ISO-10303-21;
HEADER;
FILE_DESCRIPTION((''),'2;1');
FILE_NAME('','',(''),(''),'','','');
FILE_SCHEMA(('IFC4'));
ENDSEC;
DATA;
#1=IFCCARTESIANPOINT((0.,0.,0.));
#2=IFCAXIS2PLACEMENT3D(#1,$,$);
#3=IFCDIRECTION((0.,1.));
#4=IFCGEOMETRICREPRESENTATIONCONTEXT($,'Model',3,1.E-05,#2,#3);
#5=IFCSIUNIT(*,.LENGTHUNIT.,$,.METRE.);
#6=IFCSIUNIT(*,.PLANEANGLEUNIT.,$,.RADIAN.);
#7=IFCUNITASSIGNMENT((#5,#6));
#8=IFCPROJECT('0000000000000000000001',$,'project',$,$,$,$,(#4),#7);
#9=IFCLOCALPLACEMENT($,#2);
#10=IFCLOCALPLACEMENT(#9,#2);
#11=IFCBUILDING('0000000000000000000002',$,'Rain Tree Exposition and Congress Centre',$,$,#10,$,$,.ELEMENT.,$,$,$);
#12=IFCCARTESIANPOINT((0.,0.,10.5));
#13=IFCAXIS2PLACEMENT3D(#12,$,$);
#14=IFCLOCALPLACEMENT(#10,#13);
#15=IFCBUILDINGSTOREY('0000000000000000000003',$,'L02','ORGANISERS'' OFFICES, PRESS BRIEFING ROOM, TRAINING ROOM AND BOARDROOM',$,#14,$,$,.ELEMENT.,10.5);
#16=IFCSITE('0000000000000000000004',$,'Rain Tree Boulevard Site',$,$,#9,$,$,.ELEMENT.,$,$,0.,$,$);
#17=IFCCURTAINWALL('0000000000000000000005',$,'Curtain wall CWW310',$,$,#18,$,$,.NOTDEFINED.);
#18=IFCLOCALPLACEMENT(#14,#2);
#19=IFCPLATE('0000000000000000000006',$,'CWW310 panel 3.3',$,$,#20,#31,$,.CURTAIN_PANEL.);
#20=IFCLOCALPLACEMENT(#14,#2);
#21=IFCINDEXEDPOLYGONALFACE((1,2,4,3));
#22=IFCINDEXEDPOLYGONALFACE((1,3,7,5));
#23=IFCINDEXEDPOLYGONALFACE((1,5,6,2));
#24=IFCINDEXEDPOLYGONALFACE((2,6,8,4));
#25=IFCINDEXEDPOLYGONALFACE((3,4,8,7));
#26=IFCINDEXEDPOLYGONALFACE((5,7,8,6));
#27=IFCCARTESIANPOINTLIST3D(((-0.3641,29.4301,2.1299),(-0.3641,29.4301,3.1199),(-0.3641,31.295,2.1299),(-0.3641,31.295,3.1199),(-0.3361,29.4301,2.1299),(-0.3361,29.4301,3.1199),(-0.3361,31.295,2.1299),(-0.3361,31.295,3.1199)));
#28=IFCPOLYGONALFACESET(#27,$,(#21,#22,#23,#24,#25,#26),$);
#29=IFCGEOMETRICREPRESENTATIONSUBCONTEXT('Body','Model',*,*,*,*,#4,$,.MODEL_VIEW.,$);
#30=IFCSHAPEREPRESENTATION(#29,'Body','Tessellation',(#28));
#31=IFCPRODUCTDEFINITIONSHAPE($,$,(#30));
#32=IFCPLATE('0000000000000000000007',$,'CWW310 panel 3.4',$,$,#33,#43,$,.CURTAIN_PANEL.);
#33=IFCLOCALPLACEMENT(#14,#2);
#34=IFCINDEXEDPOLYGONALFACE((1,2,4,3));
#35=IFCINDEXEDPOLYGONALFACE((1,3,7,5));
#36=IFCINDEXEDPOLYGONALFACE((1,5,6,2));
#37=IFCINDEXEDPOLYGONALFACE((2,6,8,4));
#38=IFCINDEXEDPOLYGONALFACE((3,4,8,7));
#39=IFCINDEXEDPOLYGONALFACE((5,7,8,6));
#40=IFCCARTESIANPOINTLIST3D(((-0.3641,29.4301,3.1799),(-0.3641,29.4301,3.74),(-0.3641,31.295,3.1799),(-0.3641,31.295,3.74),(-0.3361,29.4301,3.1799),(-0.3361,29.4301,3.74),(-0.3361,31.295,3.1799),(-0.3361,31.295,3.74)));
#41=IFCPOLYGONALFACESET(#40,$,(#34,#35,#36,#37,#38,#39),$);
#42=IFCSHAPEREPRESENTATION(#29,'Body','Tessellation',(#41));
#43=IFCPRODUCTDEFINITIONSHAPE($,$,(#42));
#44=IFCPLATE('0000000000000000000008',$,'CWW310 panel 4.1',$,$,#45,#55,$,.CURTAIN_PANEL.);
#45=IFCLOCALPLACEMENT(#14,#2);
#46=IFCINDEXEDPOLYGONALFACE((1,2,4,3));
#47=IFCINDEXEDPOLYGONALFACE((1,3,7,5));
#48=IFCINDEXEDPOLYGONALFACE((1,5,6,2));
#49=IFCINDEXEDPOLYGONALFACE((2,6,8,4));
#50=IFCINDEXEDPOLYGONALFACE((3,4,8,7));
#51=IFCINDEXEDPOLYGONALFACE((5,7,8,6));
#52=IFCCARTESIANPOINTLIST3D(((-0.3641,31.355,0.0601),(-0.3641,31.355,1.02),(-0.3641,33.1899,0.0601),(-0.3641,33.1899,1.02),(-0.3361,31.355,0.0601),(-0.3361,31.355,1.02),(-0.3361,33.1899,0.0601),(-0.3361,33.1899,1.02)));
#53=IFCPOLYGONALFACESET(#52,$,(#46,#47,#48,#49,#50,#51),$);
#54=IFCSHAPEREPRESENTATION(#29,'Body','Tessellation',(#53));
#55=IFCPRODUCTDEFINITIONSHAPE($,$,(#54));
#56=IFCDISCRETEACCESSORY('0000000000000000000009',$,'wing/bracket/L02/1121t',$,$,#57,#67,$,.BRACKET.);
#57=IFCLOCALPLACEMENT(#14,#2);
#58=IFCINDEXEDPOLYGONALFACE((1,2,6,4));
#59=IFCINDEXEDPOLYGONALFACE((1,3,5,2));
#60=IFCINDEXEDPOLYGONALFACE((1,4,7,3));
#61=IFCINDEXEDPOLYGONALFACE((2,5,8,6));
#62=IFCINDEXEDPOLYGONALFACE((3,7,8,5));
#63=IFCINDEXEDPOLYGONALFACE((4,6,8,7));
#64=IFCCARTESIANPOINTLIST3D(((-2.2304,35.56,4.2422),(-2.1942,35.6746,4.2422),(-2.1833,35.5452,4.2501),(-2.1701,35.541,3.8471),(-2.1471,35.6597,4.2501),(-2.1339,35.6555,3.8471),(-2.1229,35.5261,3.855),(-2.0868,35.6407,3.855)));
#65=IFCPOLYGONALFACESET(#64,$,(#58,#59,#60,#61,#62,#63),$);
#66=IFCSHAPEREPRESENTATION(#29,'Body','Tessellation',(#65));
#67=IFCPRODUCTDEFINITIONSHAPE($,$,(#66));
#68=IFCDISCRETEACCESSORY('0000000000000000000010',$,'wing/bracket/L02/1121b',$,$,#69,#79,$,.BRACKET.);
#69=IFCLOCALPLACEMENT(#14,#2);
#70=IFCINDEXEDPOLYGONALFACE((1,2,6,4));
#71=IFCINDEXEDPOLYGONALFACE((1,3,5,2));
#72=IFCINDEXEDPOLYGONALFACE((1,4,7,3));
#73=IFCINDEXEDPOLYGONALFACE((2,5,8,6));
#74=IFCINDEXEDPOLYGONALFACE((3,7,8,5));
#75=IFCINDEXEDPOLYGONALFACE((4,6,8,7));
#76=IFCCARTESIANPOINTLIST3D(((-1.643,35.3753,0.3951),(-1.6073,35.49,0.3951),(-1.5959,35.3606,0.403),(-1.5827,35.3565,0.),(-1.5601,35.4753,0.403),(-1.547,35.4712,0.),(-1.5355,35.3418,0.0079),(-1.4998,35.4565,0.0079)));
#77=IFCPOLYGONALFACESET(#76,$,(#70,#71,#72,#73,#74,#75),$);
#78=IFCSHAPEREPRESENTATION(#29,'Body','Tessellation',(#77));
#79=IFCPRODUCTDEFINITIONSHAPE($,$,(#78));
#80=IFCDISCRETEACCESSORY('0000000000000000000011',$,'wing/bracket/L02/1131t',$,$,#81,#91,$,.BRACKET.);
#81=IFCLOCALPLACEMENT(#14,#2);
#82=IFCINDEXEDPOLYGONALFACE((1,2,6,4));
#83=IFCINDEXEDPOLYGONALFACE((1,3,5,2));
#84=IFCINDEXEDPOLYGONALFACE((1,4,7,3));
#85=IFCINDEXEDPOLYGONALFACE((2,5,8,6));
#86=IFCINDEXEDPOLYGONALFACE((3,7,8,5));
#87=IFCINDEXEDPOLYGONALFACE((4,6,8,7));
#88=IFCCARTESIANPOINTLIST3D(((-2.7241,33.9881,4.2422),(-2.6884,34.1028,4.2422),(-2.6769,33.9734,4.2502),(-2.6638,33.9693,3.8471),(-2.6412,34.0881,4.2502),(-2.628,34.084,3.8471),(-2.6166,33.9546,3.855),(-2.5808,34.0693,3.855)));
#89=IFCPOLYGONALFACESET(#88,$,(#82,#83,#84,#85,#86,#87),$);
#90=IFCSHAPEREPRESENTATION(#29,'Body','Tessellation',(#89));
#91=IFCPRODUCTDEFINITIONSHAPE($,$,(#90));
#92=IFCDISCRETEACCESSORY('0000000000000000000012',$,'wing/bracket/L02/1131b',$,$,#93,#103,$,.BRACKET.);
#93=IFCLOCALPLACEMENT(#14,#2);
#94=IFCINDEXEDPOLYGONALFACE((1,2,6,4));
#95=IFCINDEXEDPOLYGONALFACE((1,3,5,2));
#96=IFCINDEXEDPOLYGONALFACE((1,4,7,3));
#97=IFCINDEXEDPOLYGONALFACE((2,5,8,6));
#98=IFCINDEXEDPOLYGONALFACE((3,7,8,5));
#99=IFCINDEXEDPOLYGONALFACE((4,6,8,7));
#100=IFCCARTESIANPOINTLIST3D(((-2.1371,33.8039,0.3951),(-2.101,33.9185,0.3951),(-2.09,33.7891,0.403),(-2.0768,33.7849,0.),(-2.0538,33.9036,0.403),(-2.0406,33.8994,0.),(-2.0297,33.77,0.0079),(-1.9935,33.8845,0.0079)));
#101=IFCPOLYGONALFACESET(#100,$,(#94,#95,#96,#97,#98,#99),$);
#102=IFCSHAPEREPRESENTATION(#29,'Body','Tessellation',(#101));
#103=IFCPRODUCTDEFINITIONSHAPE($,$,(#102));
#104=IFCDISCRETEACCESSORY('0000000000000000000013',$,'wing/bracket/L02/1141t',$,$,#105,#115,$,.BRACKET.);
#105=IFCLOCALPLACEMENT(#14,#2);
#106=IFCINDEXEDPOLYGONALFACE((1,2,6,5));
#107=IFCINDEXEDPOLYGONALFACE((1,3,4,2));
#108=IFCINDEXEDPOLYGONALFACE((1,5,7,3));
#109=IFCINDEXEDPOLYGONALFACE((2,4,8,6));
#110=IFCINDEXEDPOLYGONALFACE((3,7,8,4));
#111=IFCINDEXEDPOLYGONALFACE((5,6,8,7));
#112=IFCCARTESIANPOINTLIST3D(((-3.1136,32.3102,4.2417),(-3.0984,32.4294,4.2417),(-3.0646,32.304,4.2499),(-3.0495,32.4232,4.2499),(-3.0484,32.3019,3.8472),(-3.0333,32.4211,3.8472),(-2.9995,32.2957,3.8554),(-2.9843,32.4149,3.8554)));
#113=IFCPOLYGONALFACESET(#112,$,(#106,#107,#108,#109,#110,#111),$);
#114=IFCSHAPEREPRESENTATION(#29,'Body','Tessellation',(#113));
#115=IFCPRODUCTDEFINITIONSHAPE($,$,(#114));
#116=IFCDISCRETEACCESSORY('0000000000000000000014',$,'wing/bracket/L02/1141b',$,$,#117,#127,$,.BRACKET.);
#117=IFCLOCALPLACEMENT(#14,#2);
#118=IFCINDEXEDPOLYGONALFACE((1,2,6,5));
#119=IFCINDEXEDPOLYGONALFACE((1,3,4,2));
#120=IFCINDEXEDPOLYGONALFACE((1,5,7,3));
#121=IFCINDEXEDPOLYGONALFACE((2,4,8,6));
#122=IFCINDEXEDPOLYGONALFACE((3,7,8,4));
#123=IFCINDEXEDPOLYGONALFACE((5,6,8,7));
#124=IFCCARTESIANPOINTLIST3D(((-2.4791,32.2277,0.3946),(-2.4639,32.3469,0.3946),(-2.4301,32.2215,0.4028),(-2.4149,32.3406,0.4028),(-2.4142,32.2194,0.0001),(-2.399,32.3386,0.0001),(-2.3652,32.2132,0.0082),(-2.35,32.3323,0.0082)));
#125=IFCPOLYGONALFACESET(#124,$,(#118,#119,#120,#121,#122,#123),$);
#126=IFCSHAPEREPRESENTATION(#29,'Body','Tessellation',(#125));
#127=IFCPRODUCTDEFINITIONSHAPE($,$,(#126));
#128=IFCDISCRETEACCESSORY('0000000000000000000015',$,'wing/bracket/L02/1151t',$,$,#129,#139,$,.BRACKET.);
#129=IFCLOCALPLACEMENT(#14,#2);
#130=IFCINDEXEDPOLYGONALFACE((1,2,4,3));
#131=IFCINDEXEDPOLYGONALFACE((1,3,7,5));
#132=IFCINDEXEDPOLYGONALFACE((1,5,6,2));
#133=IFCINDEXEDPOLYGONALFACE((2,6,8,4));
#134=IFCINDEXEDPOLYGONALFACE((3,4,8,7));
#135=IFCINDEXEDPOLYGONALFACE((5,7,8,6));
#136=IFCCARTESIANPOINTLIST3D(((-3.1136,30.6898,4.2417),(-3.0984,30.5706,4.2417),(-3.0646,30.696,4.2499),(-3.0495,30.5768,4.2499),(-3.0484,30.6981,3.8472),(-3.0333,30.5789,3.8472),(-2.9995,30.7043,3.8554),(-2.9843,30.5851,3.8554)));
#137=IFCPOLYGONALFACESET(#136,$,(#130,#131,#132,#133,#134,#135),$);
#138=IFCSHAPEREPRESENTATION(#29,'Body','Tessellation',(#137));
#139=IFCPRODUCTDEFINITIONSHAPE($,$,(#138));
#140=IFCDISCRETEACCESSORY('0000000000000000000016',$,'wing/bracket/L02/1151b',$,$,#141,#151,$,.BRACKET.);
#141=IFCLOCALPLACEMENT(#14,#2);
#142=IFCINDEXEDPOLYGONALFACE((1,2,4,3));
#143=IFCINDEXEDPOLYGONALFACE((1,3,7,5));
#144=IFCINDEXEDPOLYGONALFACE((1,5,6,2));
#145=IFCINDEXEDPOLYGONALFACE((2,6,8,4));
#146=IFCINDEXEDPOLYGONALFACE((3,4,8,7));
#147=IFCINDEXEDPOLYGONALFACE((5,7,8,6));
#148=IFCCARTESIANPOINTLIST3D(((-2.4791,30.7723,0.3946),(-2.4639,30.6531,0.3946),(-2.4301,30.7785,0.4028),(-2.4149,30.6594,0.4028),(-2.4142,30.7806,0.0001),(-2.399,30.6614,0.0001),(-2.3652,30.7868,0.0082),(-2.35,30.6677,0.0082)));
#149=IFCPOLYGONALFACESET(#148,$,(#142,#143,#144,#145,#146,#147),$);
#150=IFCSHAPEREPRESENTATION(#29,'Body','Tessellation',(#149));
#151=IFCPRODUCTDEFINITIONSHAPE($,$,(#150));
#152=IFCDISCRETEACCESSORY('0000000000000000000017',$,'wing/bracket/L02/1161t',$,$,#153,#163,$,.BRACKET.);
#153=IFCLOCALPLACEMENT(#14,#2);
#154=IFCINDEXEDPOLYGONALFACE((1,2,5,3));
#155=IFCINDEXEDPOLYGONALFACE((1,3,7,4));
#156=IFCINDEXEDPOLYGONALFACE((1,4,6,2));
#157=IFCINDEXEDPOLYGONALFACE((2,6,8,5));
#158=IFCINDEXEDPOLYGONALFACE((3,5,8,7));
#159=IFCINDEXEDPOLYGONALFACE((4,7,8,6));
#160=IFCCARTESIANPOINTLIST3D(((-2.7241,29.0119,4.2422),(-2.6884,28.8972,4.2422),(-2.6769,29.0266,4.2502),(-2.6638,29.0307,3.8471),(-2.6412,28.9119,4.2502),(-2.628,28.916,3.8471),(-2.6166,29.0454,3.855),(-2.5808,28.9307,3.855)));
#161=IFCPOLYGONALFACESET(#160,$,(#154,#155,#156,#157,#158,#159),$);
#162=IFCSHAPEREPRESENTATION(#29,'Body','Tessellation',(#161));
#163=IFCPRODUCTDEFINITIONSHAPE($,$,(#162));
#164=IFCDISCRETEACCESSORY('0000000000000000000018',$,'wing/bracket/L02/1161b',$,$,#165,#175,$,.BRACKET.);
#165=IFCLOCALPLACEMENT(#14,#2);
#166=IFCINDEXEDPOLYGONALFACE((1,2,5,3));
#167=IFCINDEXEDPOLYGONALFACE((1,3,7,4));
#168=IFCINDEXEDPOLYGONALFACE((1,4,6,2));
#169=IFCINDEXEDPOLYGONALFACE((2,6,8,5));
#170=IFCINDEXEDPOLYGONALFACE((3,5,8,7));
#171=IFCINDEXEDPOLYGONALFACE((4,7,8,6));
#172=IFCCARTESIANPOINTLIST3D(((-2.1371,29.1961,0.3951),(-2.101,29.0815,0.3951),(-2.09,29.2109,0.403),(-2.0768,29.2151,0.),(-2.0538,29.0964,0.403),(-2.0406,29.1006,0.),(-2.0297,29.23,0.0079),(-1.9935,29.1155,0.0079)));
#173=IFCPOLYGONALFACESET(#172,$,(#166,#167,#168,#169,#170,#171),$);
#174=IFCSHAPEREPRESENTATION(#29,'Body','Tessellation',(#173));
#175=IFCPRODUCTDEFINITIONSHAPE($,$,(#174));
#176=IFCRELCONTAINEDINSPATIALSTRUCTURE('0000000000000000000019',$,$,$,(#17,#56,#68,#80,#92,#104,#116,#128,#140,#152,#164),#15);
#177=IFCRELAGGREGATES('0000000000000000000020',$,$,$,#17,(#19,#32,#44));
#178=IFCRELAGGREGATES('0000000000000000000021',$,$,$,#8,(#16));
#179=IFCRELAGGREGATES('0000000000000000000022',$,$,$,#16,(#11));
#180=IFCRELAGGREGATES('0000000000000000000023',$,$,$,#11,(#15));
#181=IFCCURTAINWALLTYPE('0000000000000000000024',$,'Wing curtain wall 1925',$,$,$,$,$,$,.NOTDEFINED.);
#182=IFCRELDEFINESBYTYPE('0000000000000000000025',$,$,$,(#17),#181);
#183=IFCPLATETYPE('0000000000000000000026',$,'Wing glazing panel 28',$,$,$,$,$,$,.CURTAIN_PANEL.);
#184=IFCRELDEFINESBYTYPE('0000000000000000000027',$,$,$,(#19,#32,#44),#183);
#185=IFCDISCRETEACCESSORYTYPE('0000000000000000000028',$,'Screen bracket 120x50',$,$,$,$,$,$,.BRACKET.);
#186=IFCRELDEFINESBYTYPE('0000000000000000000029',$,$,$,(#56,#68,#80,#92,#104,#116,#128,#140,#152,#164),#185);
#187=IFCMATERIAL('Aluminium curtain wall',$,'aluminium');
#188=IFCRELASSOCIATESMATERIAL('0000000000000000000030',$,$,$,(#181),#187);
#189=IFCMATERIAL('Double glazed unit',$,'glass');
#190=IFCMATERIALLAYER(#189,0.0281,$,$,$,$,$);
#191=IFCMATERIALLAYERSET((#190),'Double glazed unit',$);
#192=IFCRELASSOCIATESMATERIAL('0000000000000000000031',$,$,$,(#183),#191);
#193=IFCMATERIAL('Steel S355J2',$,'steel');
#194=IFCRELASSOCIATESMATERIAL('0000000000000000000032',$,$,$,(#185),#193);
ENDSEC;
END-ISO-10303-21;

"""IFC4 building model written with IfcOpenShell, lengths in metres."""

from ifc_helpers import new_model, si_unit, direction, frame, origin, origin_2d, place, context, subcontext, project, spatial, rectangle, extrude, material, layer, layer_set, material_profile, profile_set, type_object, element, aggregate, save


model = new_model("IFC4")

# Units and contexts
model_context = context("Model", 3, precision=1e-05, world=origin(), true_north=direction((0.0, 1.0)))
body_context = subcontext(model_context, "Body", "Model", "MODEL_VIEW")
ifc_project = project(units=[si_unit("LENGTHUNIT", "METRE"), si_unit("PLANEANGLEUNIT", "RADIAN")], contexts=[model_context])

# Site, building, storey
site_placement = place(None, origin())
site = spatial("IfcSite", under=ifc_project, at=site_placement, Name="Rain Tree Boulevard Site", CompositionType="ELEMENT", RefElevation=0.0)
building_placement = place(site_placement, origin())
building = spatial("IfcBuilding", under=site, at=building_placement, Name="Rain Tree Exposition and Congress Centre", CompositionType="ELEMENT")
storey_placement = place(building_placement, frame((0.0, 0.0, 10.5)))
storey = spatial("IfcBuildingStorey", under=building, at=storey_placement, Name="L02", Description="ORGANISERS' OFFICES, PRESS BRIEFING ROOM, TRAINING ROOM AND BOARDROOM", CompositionType="ELEMENT", Elevation=10.5)

# Curtain wall, plates
ifc_material_1 = material(Name="Aluminium curtain wall", Category="aluminium")
curtain_wall_type = type_object("IfcCurtainWallType", Name="Wing curtain wall 1925", PredefinedType="NOTDEFINED", material=ifc_material_1)
curtain_wall_placement = place(storey_placement, origin())
curtain_wall = element("IfcCurtainWall", 1, at=curtain_wall_placement, inside=storey, type_object=curtain_wall_type, Name="Curtain wall CWW310", PredefinedType="NOTDEFINED")
ifc_material_2 = material(Name="Double glazed unit", Category="glass")
ifc_layer_1 = layer(ifc_material_2, 0.0281)
ifc_layer_set_1 = layer_set([ifc_layer_1], Name="Double glazed unit")
plate_type = type_object("IfcPlateType", Name="Wing glazing panel 28", PredefinedType="CURTAIN_PANEL", material=ifc_layer_set_1)
plate_1_placement = place(storey_placement, frame((-0.3501, 30.3625, 2.1299), z_axis=(0.0, 0.0, 1.0), x_axis=(0.0, 1.0, 0.0)))
plate_1 = element("IfcPlate", 2, at=plate_1_placement, type_object=plate_type, Name="CWW310 panel 3.3", PredefinedType="CURTAIN_PANEL", context=body_context, shape_type="SweptSolid", body=[
    extrude(rectangle(XDim=1.865, YDim=0.0281, at=origin_2d()), origin(), (0.0, 0.0, 1.0), 0.99),
])
plate_2_placement = place(storey_placement, frame((-0.3501, 30.3625, 3.1799), z_axis=(0.0, 0.0, 1.0), x_axis=(0.0, 1.0, 0.0)))
plate_2 = element("IfcPlate", 3, at=plate_2_placement, type_object=plate_type, Name="CWW310 panel 3.4", PredefinedType="CURTAIN_PANEL", context=body_context, shape_type="SweptSolid", body=[
    extrude(rectangle(XDim=1.865, YDim=0.0281, at=origin_2d()), origin(), (0.0, 0.0, 1.0), 0.5601),
])
plate_3_placement = place(storey_placement, frame((-0.3501, 32.2725, 0.0601), z_axis=(0.0, 0.0, 1.0), x_axis=(0.0, 1.0, 0.0)))
plate_3 = element("IfcPlate", 4, at=plate_3_placement, type_object=plate_type, Name="CWW310 panel 4.1", PredefinedType="CURTAIN_PANEL", context=body_context, shape_type="SweptSolid", body=[
    extrude(rectangle(XDim=1.835, YDim=0.0281, at=origin_2d()), origin(), (0.0, 0.0, 1.0), 0.96),
])
aggregate(curtain_wall, [plate_1, plate_2, plate_3])

# Discrete accessories
ifc_material_3 = material(Name="Steel S355J2", Category="steel")
ifc_material_profile_1 = material_profile(ifc_material_3, rectangle(XDim=0.1201, YDim=0.05, at=origin_2d()), Name="Flat bar 120x50")
ifc_profile_set_1 = profile_set([ifc_material_profile_1], Name="Steel S355J2")
discrete_accessory_type = type_object("IfcDiscreteAccessoryType", Name="Screen bracket 120x50", PredefinedType="BRACKET", material=ifc_profile_set_1)
for number, where, z_axis, x_axis, name in (
    (5, (-2.1284, 35.5908, 3.8511), (-0.150738, 0.047602, 0.987427), (-0.301131, -0.953583, 0.0), "wing/bracket/L02/1121t"),
    (6, (-1.5413, 35.4065, 0.0039), (-0.150743, 0.046993, 0.987456), (-0.297615, -0.954686, 0.0), "wing/bracket/L02/1121b"),
    (7, (-2.6223, 34.0193, 3.8511), (-0.150743, 0.046993, 0.987456), (-0.297615, -0.954686, 0.0), "wing/bracket/L02/1131t"),
    (8, (-2.0352, 33.8347, 0.0039), (-0.150738, 0.047602, 0.987427), (-0.301131, -0.953583, 0.0), "wing/bracket/L02/1131b"),
):
    element("IfcDiscreteAccessory", number, at=place(storey_placement, frame(where, z_axis=z_axis, x_axis=x_axis)), inside=storey, type_object=discrete_accessory_type, Name=name, PredefinedType="BRACKET", context=body_context, shape_type="SweptSolid", body=[
        extrude(rectangle(XDim=0.1201, YDim=0.05, at=origin_2d()), origin(), (0.0, 0.0, 1.0), 0.4001),
    ])
for number, where, z_axis, x_axis, name in (
    (9, (-3.0164, 32.3584, 3.8513), (-0.162978, 0.020754, 0.986411), (-0.126321, -0.991989, 0.0), "wing/bracket/L02/1141t"),
    (10, (-2.3821, 32.2759, 0.0042), (-0.162383, 0.020756, 0.986509), (-0.126788, -0.99193, 0.0), "wing/bracket/L02/1141b"),
    (11, (-3.0164, 30.6416, 3.8513), (-0.162978, -0.020754, 0.986411), (0.126321, -0.991989, 0.0), "wing/bracket/L02/1151t"),
    (12, (-2.3821, 30.7241, 0.0042), (-0.162383, -0.020756, 0.986509), (0.126788, -0.99193, 0.0), "wing/bracket/L02/1151b"),
):
    element("IfcDiscreteAccessory", number, at=place(storey_placement, frame(where, z_axis=z_axis, x_axis=x_axis)), inside=storey, type_object=discrete_accessory_type, Name=name, PredefinedType="BRACKET", context=body_context, shape_type="SweptSolid", body=[
        extrude(rectangle(XDim=0.1201, YDim=0.05, at=origin_2d()), origin(), (0.0, 0.0, 1.0), 0.3999),
    ])
for number, where, z_axis, x_axis, name in (
    (13, (-2.6223, 28.9807, 3.8511), (-0.150743, -0.046993, 0.987456), (0.297615, -0.954686, 0.0), "wing/bracket/L02/1161t"),
    (14, (-2.0352, 29.1653, 0.0039), (-0.150738, -0.047602, 0.987427), (0.301131, -0.953583, 0.0), "wing/bracket/L02/1161b"),
):
    element("IfcDiscreteAccessory", number, at=place(storey_placement, frame(where, z_axis=z_axis, x_axis=x_axis)), inside=storey, type_object=discrete_accessory_type, Name=name, PredefinedType="BRACKET", context=body_context, shape_type="SweptSolid", body=[
        extrude(rectangle(XDim=0.1201, YDim=0.05, at=origin_2d()), origin(), (0.0, 0.0, 1.0), 0.4001),
    ])

save(model, "model.ifc")
